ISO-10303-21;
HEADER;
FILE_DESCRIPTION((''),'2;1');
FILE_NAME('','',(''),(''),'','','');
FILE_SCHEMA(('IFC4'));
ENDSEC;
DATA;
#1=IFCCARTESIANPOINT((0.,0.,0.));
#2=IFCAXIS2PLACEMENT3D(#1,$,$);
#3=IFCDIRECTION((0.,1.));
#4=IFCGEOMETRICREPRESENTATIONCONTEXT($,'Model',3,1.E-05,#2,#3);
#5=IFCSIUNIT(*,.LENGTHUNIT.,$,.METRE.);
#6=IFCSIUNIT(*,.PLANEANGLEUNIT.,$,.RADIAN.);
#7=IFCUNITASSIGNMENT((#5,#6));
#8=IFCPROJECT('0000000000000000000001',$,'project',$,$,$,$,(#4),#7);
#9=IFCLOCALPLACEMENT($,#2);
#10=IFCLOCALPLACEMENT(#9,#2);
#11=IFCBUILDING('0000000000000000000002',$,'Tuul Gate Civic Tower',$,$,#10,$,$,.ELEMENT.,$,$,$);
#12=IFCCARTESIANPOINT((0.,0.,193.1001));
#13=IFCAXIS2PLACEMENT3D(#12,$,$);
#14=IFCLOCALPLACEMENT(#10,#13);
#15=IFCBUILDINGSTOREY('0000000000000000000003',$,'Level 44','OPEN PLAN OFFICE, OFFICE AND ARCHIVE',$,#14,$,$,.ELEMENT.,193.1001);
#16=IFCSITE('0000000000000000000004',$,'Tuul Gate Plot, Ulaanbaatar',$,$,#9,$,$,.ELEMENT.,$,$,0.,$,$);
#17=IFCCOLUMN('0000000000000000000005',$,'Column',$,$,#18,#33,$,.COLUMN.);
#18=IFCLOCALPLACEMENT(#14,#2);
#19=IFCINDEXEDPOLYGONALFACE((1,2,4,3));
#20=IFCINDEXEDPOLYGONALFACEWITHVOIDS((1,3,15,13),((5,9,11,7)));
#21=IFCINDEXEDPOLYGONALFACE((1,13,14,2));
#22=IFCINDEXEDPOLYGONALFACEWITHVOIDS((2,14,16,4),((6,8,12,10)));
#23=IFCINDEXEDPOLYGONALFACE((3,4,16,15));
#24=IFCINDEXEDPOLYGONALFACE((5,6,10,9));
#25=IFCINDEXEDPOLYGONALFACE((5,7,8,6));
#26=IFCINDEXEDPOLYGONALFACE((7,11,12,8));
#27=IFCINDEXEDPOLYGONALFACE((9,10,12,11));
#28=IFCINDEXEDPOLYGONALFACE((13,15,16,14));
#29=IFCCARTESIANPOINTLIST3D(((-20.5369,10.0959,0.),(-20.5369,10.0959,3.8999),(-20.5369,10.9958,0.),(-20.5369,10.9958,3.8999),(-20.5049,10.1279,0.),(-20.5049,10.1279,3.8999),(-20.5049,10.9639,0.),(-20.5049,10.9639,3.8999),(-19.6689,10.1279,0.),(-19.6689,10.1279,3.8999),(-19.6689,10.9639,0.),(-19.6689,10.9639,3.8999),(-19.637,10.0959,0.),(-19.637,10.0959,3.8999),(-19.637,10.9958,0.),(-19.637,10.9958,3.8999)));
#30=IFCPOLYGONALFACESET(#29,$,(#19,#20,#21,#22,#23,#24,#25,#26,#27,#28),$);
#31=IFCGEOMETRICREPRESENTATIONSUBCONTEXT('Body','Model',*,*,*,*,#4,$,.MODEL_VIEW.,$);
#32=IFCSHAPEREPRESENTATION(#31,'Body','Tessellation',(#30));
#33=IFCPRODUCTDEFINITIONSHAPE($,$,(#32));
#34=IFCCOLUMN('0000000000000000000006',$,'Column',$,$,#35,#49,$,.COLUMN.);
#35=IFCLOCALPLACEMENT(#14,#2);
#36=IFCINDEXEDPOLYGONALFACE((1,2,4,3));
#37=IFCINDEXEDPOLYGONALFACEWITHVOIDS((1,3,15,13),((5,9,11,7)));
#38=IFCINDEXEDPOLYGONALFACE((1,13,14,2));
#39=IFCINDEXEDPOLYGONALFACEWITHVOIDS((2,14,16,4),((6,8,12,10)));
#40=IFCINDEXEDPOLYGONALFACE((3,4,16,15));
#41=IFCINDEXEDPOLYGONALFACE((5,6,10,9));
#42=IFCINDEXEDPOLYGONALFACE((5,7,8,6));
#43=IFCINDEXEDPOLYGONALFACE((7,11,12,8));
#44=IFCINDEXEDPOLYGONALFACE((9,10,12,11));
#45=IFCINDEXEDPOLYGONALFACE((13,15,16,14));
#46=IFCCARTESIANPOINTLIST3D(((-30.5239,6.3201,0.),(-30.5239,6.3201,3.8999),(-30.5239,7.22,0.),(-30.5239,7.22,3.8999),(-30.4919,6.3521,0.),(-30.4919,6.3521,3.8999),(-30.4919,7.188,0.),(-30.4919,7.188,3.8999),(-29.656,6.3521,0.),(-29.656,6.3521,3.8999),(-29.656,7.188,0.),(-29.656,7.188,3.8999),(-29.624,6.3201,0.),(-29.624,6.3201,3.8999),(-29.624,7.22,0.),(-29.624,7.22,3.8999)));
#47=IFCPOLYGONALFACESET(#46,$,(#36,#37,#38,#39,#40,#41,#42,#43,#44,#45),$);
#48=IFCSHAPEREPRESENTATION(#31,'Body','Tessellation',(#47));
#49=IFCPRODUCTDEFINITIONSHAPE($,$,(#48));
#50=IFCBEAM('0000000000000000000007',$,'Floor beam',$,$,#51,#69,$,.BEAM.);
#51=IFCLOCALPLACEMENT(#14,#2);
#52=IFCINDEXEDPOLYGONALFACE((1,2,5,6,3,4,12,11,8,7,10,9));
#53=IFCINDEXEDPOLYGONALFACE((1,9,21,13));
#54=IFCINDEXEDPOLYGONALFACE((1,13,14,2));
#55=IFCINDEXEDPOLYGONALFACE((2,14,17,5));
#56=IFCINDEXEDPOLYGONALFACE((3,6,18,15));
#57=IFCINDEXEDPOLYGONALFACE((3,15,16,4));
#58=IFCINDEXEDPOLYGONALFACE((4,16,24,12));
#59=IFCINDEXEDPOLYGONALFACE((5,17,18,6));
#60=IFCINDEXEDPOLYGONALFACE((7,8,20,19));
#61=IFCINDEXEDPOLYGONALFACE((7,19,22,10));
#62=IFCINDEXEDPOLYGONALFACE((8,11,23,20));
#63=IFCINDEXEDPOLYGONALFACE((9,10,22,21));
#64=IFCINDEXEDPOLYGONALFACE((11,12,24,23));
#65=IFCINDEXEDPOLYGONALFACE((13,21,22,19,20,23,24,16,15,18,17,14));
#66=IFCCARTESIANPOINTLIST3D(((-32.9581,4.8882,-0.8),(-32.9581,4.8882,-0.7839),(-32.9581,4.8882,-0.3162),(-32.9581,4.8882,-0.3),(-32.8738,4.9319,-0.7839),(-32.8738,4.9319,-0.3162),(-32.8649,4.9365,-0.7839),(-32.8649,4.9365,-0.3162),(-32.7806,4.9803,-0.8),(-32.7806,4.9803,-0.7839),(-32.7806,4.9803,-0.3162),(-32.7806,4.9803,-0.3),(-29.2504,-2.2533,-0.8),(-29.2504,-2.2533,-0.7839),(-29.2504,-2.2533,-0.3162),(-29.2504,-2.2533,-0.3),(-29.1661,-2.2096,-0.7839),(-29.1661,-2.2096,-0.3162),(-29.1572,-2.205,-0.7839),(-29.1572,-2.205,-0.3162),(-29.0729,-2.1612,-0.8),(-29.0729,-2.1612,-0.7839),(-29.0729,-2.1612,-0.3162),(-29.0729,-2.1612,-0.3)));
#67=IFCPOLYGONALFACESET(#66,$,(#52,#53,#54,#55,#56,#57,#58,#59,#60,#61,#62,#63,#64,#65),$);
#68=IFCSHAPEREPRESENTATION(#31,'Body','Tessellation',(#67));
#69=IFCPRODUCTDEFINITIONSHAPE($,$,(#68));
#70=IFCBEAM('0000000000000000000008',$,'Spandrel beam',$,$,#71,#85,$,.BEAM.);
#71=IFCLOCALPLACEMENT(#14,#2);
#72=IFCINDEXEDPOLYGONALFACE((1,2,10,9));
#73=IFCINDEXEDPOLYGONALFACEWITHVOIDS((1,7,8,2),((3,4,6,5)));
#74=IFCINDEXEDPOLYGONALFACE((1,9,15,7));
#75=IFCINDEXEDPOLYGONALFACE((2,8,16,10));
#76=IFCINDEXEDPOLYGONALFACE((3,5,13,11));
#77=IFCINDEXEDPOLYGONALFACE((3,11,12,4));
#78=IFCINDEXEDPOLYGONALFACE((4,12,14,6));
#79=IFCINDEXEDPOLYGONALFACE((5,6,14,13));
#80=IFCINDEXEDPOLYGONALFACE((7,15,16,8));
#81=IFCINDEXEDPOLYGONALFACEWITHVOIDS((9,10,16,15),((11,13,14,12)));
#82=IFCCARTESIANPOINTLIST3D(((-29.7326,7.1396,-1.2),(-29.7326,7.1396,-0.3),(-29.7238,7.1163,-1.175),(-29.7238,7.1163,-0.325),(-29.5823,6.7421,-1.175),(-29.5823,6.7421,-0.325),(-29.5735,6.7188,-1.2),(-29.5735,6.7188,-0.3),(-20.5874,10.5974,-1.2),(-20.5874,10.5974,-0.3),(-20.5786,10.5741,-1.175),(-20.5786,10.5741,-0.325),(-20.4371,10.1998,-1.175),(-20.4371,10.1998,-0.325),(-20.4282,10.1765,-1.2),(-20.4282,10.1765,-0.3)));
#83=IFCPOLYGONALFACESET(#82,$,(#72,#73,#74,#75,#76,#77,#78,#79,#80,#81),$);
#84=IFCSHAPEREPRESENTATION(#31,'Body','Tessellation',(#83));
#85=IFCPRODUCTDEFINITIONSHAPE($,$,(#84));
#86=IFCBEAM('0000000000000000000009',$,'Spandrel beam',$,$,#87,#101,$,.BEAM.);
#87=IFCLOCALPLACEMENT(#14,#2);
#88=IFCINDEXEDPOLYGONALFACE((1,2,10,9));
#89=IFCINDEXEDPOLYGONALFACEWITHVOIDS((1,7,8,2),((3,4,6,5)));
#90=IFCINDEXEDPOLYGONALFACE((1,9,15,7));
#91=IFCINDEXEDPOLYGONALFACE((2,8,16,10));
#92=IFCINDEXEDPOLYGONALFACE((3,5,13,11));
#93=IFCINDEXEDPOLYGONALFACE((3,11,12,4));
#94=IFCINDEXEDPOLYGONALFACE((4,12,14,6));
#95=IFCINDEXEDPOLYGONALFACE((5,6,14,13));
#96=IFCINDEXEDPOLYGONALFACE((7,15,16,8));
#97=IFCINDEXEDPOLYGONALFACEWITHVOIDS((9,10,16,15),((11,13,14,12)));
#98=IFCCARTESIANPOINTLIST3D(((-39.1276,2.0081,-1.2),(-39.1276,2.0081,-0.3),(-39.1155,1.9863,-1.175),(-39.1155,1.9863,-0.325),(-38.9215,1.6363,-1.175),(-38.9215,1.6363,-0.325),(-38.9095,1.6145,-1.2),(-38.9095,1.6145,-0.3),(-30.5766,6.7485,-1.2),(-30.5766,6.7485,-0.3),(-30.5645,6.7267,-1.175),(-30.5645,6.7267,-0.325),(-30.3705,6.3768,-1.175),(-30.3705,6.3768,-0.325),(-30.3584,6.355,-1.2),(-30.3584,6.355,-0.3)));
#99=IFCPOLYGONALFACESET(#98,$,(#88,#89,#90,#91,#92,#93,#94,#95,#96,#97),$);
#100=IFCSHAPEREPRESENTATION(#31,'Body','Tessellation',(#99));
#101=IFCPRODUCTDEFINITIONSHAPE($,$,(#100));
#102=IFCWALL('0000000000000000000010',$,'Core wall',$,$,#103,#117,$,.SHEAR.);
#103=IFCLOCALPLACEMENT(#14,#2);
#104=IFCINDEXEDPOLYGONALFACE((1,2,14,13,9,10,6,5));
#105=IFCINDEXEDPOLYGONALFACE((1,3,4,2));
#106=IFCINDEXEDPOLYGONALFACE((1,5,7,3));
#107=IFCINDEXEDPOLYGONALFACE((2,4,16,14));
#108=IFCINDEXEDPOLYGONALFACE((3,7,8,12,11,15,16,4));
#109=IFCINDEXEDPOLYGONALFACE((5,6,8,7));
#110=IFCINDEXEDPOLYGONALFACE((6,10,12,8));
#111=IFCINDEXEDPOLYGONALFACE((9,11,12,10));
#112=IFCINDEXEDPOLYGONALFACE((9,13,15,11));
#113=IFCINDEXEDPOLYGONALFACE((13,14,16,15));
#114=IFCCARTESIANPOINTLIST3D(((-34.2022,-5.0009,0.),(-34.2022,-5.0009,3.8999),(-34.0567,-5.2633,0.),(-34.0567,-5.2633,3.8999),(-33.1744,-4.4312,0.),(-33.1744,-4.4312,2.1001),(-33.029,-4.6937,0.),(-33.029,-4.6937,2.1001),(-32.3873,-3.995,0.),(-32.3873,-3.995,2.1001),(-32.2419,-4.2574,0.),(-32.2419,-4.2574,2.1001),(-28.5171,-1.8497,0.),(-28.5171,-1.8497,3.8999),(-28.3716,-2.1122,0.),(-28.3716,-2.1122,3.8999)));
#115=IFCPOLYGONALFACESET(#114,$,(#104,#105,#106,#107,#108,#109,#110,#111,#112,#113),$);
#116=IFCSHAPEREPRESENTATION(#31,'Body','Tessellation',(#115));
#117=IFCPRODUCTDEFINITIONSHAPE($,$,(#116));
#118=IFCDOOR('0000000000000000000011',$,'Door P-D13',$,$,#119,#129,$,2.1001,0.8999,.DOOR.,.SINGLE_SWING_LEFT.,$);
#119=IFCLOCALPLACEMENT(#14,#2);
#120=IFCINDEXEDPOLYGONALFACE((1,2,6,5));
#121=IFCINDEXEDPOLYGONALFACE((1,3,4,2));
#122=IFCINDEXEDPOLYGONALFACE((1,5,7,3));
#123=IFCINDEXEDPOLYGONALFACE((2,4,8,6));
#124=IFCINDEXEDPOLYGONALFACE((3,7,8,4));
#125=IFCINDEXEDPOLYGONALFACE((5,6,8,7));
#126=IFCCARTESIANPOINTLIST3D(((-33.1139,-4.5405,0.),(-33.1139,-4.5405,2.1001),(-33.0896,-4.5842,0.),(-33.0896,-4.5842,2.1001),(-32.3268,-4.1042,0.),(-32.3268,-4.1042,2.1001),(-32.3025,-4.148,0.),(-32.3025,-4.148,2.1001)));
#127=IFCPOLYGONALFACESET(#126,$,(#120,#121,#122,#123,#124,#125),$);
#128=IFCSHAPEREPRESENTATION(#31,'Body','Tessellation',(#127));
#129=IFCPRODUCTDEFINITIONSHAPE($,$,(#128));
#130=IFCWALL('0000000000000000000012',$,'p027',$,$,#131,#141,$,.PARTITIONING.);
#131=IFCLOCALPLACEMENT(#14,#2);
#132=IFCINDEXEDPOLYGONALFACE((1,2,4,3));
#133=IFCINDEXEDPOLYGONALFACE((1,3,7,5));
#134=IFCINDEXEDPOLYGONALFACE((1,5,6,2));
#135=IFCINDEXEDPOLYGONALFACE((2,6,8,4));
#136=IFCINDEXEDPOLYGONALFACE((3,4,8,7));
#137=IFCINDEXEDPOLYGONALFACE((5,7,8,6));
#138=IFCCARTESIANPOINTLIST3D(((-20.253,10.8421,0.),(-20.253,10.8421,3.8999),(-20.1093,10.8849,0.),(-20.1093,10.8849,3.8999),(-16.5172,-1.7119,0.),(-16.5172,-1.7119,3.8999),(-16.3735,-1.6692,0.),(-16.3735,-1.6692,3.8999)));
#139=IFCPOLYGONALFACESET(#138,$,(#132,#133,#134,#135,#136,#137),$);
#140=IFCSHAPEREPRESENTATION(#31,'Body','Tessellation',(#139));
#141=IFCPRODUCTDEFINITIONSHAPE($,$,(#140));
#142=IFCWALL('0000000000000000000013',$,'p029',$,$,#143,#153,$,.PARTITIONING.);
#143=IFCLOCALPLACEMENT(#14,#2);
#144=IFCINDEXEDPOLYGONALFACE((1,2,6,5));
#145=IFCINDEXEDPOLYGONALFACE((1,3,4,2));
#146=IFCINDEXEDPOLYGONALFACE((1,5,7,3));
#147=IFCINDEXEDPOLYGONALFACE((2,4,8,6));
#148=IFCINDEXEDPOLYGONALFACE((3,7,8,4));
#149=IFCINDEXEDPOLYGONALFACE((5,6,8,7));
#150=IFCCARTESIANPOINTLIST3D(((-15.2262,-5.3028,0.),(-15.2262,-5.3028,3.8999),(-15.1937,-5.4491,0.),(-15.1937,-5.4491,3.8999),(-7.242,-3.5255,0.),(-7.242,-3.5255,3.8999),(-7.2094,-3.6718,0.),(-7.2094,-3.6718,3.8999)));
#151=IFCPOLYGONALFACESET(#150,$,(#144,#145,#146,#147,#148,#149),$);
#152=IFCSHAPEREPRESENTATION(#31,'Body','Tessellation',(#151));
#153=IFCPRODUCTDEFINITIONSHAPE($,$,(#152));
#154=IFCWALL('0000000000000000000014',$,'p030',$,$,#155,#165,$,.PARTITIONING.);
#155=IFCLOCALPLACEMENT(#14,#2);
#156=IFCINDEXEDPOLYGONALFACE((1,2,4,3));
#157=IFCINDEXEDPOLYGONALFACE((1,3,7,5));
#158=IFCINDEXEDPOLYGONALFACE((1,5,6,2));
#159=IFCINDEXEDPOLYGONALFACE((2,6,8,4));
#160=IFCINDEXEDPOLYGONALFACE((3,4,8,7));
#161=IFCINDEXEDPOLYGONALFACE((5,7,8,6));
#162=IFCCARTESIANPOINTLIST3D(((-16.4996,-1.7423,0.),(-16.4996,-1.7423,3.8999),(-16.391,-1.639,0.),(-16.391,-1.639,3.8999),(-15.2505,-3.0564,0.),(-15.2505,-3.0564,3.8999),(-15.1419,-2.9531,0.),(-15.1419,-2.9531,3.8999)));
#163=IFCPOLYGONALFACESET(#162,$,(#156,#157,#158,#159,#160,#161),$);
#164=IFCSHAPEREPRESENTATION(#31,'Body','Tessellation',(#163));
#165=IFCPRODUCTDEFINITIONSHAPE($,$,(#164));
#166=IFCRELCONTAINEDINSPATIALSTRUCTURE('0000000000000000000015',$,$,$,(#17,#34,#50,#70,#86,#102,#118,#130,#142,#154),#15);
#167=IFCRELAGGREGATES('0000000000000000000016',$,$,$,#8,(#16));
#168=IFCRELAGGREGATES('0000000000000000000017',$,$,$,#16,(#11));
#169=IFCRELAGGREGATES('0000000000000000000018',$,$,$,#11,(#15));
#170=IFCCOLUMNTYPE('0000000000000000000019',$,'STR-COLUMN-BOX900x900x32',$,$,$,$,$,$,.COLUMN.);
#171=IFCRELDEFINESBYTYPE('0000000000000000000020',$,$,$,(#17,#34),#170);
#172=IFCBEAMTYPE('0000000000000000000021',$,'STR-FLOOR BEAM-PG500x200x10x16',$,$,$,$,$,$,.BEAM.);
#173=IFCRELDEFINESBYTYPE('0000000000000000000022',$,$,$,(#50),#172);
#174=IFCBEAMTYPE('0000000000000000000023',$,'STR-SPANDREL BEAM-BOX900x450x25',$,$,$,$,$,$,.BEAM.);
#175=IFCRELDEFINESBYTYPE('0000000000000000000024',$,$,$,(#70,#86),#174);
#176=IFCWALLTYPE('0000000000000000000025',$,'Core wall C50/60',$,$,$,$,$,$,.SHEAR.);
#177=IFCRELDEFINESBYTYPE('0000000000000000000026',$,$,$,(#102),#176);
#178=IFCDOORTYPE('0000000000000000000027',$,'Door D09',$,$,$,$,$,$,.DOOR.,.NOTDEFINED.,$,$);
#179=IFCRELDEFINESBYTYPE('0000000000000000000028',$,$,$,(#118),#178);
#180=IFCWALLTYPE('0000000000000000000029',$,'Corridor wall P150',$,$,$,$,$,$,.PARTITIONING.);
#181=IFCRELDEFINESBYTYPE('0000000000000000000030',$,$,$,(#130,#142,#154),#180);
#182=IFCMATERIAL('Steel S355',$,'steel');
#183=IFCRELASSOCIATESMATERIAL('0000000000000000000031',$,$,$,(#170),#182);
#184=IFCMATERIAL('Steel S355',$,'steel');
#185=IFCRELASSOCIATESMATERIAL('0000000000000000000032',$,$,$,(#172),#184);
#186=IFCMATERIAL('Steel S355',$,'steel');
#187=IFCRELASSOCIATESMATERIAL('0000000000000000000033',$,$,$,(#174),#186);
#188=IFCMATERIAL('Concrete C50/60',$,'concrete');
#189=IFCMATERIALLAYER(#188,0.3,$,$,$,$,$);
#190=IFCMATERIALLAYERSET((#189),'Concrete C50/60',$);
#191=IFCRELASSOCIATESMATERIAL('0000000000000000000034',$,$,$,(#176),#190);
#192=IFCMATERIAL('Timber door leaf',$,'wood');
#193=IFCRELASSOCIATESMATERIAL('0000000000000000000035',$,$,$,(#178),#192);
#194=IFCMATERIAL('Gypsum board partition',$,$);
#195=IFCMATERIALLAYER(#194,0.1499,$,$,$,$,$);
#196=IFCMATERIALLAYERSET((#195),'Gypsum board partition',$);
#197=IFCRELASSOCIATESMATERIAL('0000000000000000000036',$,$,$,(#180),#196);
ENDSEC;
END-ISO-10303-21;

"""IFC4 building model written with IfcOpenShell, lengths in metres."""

from ifc_helpers import new_model, si_unit, direction, frame, frame_2d, origin, origin_2d, place, context, subcontext, project, spatial, rectangle, hollow_rectangle, i_section, extrude, material, layer, layer_set, material_profile, profile_set, type_object, element, fill, save


model = new_model("IFC4")

# Units and contexts
model_context = context("Model", 3, precision=1e-05, world=origin(), true_north=direction((0.0, 1.0)))
body_context = subcontext(model_context, "Body", "Model", "MODEL_VIEW")
ifc_project = project(units=[si_unit("LENGTHUNIT", "METRE"), si_unit("PLANEANGLEUNIT", "RADIAN")], contexts=[model_context])

# Site, building, storey
site_placement = place(None, origin())
site = spatial("IfcSite", under=ifc_project, at=site_placement, Name="Tuul Gate Plot, Ulaanbaatar", CompositionType="ELEMENT", RefElevation=0.0)
building_placement = place(site_placement, origin())
building = spatial("IfcBuilding", under=site, at=building_placement, Name="Tuul Gate Civic Tower", CompositionType="ELEMENT")
storey_placement = place(building_placement, frame((0.0, 0.0, 193.1001)))
storey = spatial("IfcBuildingStorey", under=building, at=storey_placement, Name="Level 44", Description="OPEN PLAN OFFICE, OFFICE AND ARCHIVE", CompositionType="ELEMENT", Elevation=193.1001)

# Columns
ifc_material_1 = material(Name="Steel S355", Category="steel")
ifc_material_profile_1 = material_profile(ifc_material_1, hollow_rectangle(XDim=0.8999, YDim=0.8999, WallThickness=0.032, at=origin_2d()), Name="BOX900x900x32")
ifc_profile_set_1 = profile_set([ifc_material_profile_1], Name="Steel S355")
column_type = type_object("IfcColumnType", Name="STR-COLUMN-BOX900x900x32", PredefinedType="COLUMN", material=ifc_profile_set_1)
for number, where, z_axis, x_axis, name in (
    (1, (-20.0869, 10.5459, 0.0), (0.0, 0.0, 1.0), (1.0, 0.0, 0.0), "Column"),
    (2, (-30.074, 6.77, 0.0), (0.0, 0.0, 1.0), (1.0, 0.0, 0.0), "Column"),
):
    element("IfcColumn", number, at=place(storey_placement, frame(where, z_axis=z_axis, x_axis=x_axis)), inside=storey, type_object=column_type, Name=name, PredefinedType="COLUMN", context=body_context, shape_type="SweptSolid", body=[
        extrude(hollow_rectangle(XDim=0.8999, YDim=0.8999, WallThickness=0.032, at=origin_2d()), origin(), (0.0, 0.0, 1.0), 3.8999),
    ])

# Beams
ifc_material_2 = material(Name="Steel S355", Category="steel")
ifc_material_profile_2 = material_profile(ifc_material_2, i_section(OverallWidth=0.2, OverallDepth=0.5, WebThickness=0.01, FlangeThickness=0.0161, at=origin_2d()), Name="PG500x200x10x16")
ifc_profile_set_2 = profile_set([ifc_material_profile_2], Name="Steel S355")
beam_type_1 = type_object("IfcBeamType", Name="STR-FLOOR BEAM-PG500x200x10x16", PredefinedType="BEAM", material=ifc_profile_set_2)
beam_placement = place(storey_placement, frame((-29.1616, -2.2073, -0.55), z_axis=(-0.460779, 0.887515, 0.0), x_axis=(-0.887515, -0.460779, 0.0)))
element("IfcBeam", 3, at=beam_placement, inside=storey, type_object=beam_type_1, Name="Floor beam", PredefinedType="BEAM", context=body_context, shape_type="SweptSolid", body=[
    extrude(i_section(OverallWidth=0.2, OverallDepth=0.5, WebThickness=0.01, FlangeThickness=0.0161, at=origin_2d()), origin(), (0.0, 0.0, 1.0), 8.0466),
])
ifc_material_3 = material(Name="Steel S355", Category="steel")
ifc_material_profile_3 = material_profile(ifc_material_3, hollow_rectangle(XDim=0.45, YDim=0.8999, WallThickness=0.0249, at=origin_2d()), Name="BOX900x450x25")
ifc_profile_set_3 = profile_set([ifc_material_profile_3], Name="Steel S355")
beam_type_2 = type_object("IfcBeamType", Name="STR-SPANDREL BEAM-BOX900x450x25", PredefinedType="BEAM", material=ifc_profile_set_3)
for number, where, z_axis, x_axis, name in (
    (4, (-20.5078, 10.387, -0.75), (-0.935374, -0.353659, 0.0), (0.353659, -0.935374, 0.0), "Spandrel beam"),
    (5, (-30.4675, 6.5518, -0.75), (-0.874595, -0.484854, 0.0), (0.484854, -0.874595, 0.0), "Spandrel beam"),
):
    element("IfcBeam", number, at=place(storey_placement, frame(where, z_axis=z_axis, x_axis=x_axis)), inside=storey, type_object=beam_type_2, Name=name, PredefinedType="BEAM", context=body_context, shape_type="SweptSolid", body=[
        extrude(hollow_rectangle(XDim=0.45, YDim=0.8999, WallThickness=0.0249, at=origin_2d()), origin(), (0.0, 0.0, 1.0), 9.7771),
    ])

# Wall, opening, door
ifc_material_4 = material(Name="Concrete C50/60", Category="concrete")
ifc_layer_1 = layer(ifc_material_4, 0.3)
ifc_layer_set_1 = layer_set([ifc_layer_1], Name="Concrete C50/60")
wall_type_1 = type_object("IfcWallType", Name="Core wall C50/60", PredefinedType="SHEAR", material=ifc_layer_set_1)
wall_1_placement = place(storey_placement, frame((-28.4443, -1.981, 0.0), z_axis=(0.0, 0.0, 1.0), x_axis=(-0.87463, -0.484791, 0.0)))
wall_1 = element("IfcWall", 6, at=wall_1_placement, inside=storey, type_object=wall_type_1, Name="Core wall", PredefinedType="SHEAR", context=body_context, shape_type="SweptSolid", body=[
    extrude(rectangle(XDim=6.5, YDim=0.3, at=frame_2d((3.25, 0.0))), origin(), (0.0, 0.0, 1.0), 3.8999),
])
opening_1_placement = place(wall_1_placement, frame((4.425, 0.0, 0.0)))
opening_1 = element("IfcOpeningElement", 7, at=opening_1_placement, cuts=wall_1, PredefinedType="OPENING", context=body_context, shape_type="SweptSolid", body=[
    extrude(rectangle(XDim=0.8999, YDim=2.1001, at=frame_2d((0.45, 1.05))), frame((0.0, 0.1602, 0.0), z_axis=(0.0, -1.0, 0.0), x_axis=(1.0, 0.0, 0.0)), (0.0, 0.0, 1.0), 0.3201),
])
ifc_material_5 = material(Name="Timber door leaf", Category="wood")
door_type_1 = type_object("IfcDoorType", Name="Door D09", OperationType="NOTDEFINED", PredefinedType="DOOR", material=ifc_material_5)
door_1_placement = place(opening_1_placement, origin())
door_1 = element("IfcDoor", 8, at=door_1_placement, inside=storey, type_object=door_type_1, Name="Door P-D13", OperationType="SINGLE_SWING_LEFT", OverallHeight=2.1001, OverallWidth=0.8999, PredefinedType="DOOR", context=body_context, shape_type="SweptSolid", body=[
    extrude(rectangle(XDim=0.8999, YDim=2.1001, at=frame_2d((0.45, 1.05))), frame((0.0, 0.0249, 0.0), z_axis=(0.0, -1.0, 0.0), x_axis=(1.0, 0.0, 0.0)), (0.0, 0.0, 1.0), 0.05),
])
fill(opening_1, door_1)

# Walls
ifc_material_6 = material(Name="Gypsum board partition")
ifc_layer_2 = layer(ifc_material_6, 0.1499)
ifc_layer_set_2 = layer_set([ifc_layer_2], Name="Gypsum board partition")
wall_type_2 = type_object("IfcWallType", Name="Corridor wall P150", PredefinedType="PARTITIONING", material=ifc_layer_set_2)
wall_2_placement = place(storey_placement, frame((-20.1812, 10.8635, 0.0), z_axis=(0.0, 0.0, 1.0), x_axis=(0.285216, -0.958463, 0.0)))
element("IfcWall", 9, at=wall_2_placement, inside=storey, type_object=wall_type_2, Name="p027", PredefinedType="PARTITIONING", context=body_context, shape_type="SweptSolid", body=[
    extrude(rectangle(XDim=13.0981, YDim=0.1499, at=frame_2d((6.5491, 0.0))), origin(), (0.0, 0.0, 1.0), 3.8999),
])
wall_3_placement = place(storey_placement, frame((-15.21, -5.376, 0.0), z_axis=(0.0, 0.0, 1.0), x_axis=(0.976108, 0.217284, 0.0)))
element("IfcWall", 10, at=wall_3_placement, inside=storey, type_object=wall_type_2, Name="p029", PredefinedType="PARTITIONING", context=body_context, shape_type="SweptSolid", body=[
    extrude(rectangle(XDim=8.1797, YDim=0.1499, at=frame_2d((4.0898, 0.0))), origin(), (0.0, 0.0, 1.0), 3.8999),
])
wall_4_placement = place(storey_placement, frame((-16.4453, -1.6907, 0.0), z_axis=(0.0, 0.0, 1.0), x_axis=(0.688969, -0.724791, 0.0)))
element("IfcWall", 11, at=wall_4_placement, inside=storey, type_object=wall_type_2, Name="p030", PredefinedType="PARTITIONING", context=body_context, shape_type="SweptSolid", body=[
    extrude(rectangle(XDim=1.813, YDim=0.1499, at=frame_2d((0.9065, 0.0))), origin(), (0.0, 0.0, 1.0), 3.8999),
])

save(model, "model.ifc")
